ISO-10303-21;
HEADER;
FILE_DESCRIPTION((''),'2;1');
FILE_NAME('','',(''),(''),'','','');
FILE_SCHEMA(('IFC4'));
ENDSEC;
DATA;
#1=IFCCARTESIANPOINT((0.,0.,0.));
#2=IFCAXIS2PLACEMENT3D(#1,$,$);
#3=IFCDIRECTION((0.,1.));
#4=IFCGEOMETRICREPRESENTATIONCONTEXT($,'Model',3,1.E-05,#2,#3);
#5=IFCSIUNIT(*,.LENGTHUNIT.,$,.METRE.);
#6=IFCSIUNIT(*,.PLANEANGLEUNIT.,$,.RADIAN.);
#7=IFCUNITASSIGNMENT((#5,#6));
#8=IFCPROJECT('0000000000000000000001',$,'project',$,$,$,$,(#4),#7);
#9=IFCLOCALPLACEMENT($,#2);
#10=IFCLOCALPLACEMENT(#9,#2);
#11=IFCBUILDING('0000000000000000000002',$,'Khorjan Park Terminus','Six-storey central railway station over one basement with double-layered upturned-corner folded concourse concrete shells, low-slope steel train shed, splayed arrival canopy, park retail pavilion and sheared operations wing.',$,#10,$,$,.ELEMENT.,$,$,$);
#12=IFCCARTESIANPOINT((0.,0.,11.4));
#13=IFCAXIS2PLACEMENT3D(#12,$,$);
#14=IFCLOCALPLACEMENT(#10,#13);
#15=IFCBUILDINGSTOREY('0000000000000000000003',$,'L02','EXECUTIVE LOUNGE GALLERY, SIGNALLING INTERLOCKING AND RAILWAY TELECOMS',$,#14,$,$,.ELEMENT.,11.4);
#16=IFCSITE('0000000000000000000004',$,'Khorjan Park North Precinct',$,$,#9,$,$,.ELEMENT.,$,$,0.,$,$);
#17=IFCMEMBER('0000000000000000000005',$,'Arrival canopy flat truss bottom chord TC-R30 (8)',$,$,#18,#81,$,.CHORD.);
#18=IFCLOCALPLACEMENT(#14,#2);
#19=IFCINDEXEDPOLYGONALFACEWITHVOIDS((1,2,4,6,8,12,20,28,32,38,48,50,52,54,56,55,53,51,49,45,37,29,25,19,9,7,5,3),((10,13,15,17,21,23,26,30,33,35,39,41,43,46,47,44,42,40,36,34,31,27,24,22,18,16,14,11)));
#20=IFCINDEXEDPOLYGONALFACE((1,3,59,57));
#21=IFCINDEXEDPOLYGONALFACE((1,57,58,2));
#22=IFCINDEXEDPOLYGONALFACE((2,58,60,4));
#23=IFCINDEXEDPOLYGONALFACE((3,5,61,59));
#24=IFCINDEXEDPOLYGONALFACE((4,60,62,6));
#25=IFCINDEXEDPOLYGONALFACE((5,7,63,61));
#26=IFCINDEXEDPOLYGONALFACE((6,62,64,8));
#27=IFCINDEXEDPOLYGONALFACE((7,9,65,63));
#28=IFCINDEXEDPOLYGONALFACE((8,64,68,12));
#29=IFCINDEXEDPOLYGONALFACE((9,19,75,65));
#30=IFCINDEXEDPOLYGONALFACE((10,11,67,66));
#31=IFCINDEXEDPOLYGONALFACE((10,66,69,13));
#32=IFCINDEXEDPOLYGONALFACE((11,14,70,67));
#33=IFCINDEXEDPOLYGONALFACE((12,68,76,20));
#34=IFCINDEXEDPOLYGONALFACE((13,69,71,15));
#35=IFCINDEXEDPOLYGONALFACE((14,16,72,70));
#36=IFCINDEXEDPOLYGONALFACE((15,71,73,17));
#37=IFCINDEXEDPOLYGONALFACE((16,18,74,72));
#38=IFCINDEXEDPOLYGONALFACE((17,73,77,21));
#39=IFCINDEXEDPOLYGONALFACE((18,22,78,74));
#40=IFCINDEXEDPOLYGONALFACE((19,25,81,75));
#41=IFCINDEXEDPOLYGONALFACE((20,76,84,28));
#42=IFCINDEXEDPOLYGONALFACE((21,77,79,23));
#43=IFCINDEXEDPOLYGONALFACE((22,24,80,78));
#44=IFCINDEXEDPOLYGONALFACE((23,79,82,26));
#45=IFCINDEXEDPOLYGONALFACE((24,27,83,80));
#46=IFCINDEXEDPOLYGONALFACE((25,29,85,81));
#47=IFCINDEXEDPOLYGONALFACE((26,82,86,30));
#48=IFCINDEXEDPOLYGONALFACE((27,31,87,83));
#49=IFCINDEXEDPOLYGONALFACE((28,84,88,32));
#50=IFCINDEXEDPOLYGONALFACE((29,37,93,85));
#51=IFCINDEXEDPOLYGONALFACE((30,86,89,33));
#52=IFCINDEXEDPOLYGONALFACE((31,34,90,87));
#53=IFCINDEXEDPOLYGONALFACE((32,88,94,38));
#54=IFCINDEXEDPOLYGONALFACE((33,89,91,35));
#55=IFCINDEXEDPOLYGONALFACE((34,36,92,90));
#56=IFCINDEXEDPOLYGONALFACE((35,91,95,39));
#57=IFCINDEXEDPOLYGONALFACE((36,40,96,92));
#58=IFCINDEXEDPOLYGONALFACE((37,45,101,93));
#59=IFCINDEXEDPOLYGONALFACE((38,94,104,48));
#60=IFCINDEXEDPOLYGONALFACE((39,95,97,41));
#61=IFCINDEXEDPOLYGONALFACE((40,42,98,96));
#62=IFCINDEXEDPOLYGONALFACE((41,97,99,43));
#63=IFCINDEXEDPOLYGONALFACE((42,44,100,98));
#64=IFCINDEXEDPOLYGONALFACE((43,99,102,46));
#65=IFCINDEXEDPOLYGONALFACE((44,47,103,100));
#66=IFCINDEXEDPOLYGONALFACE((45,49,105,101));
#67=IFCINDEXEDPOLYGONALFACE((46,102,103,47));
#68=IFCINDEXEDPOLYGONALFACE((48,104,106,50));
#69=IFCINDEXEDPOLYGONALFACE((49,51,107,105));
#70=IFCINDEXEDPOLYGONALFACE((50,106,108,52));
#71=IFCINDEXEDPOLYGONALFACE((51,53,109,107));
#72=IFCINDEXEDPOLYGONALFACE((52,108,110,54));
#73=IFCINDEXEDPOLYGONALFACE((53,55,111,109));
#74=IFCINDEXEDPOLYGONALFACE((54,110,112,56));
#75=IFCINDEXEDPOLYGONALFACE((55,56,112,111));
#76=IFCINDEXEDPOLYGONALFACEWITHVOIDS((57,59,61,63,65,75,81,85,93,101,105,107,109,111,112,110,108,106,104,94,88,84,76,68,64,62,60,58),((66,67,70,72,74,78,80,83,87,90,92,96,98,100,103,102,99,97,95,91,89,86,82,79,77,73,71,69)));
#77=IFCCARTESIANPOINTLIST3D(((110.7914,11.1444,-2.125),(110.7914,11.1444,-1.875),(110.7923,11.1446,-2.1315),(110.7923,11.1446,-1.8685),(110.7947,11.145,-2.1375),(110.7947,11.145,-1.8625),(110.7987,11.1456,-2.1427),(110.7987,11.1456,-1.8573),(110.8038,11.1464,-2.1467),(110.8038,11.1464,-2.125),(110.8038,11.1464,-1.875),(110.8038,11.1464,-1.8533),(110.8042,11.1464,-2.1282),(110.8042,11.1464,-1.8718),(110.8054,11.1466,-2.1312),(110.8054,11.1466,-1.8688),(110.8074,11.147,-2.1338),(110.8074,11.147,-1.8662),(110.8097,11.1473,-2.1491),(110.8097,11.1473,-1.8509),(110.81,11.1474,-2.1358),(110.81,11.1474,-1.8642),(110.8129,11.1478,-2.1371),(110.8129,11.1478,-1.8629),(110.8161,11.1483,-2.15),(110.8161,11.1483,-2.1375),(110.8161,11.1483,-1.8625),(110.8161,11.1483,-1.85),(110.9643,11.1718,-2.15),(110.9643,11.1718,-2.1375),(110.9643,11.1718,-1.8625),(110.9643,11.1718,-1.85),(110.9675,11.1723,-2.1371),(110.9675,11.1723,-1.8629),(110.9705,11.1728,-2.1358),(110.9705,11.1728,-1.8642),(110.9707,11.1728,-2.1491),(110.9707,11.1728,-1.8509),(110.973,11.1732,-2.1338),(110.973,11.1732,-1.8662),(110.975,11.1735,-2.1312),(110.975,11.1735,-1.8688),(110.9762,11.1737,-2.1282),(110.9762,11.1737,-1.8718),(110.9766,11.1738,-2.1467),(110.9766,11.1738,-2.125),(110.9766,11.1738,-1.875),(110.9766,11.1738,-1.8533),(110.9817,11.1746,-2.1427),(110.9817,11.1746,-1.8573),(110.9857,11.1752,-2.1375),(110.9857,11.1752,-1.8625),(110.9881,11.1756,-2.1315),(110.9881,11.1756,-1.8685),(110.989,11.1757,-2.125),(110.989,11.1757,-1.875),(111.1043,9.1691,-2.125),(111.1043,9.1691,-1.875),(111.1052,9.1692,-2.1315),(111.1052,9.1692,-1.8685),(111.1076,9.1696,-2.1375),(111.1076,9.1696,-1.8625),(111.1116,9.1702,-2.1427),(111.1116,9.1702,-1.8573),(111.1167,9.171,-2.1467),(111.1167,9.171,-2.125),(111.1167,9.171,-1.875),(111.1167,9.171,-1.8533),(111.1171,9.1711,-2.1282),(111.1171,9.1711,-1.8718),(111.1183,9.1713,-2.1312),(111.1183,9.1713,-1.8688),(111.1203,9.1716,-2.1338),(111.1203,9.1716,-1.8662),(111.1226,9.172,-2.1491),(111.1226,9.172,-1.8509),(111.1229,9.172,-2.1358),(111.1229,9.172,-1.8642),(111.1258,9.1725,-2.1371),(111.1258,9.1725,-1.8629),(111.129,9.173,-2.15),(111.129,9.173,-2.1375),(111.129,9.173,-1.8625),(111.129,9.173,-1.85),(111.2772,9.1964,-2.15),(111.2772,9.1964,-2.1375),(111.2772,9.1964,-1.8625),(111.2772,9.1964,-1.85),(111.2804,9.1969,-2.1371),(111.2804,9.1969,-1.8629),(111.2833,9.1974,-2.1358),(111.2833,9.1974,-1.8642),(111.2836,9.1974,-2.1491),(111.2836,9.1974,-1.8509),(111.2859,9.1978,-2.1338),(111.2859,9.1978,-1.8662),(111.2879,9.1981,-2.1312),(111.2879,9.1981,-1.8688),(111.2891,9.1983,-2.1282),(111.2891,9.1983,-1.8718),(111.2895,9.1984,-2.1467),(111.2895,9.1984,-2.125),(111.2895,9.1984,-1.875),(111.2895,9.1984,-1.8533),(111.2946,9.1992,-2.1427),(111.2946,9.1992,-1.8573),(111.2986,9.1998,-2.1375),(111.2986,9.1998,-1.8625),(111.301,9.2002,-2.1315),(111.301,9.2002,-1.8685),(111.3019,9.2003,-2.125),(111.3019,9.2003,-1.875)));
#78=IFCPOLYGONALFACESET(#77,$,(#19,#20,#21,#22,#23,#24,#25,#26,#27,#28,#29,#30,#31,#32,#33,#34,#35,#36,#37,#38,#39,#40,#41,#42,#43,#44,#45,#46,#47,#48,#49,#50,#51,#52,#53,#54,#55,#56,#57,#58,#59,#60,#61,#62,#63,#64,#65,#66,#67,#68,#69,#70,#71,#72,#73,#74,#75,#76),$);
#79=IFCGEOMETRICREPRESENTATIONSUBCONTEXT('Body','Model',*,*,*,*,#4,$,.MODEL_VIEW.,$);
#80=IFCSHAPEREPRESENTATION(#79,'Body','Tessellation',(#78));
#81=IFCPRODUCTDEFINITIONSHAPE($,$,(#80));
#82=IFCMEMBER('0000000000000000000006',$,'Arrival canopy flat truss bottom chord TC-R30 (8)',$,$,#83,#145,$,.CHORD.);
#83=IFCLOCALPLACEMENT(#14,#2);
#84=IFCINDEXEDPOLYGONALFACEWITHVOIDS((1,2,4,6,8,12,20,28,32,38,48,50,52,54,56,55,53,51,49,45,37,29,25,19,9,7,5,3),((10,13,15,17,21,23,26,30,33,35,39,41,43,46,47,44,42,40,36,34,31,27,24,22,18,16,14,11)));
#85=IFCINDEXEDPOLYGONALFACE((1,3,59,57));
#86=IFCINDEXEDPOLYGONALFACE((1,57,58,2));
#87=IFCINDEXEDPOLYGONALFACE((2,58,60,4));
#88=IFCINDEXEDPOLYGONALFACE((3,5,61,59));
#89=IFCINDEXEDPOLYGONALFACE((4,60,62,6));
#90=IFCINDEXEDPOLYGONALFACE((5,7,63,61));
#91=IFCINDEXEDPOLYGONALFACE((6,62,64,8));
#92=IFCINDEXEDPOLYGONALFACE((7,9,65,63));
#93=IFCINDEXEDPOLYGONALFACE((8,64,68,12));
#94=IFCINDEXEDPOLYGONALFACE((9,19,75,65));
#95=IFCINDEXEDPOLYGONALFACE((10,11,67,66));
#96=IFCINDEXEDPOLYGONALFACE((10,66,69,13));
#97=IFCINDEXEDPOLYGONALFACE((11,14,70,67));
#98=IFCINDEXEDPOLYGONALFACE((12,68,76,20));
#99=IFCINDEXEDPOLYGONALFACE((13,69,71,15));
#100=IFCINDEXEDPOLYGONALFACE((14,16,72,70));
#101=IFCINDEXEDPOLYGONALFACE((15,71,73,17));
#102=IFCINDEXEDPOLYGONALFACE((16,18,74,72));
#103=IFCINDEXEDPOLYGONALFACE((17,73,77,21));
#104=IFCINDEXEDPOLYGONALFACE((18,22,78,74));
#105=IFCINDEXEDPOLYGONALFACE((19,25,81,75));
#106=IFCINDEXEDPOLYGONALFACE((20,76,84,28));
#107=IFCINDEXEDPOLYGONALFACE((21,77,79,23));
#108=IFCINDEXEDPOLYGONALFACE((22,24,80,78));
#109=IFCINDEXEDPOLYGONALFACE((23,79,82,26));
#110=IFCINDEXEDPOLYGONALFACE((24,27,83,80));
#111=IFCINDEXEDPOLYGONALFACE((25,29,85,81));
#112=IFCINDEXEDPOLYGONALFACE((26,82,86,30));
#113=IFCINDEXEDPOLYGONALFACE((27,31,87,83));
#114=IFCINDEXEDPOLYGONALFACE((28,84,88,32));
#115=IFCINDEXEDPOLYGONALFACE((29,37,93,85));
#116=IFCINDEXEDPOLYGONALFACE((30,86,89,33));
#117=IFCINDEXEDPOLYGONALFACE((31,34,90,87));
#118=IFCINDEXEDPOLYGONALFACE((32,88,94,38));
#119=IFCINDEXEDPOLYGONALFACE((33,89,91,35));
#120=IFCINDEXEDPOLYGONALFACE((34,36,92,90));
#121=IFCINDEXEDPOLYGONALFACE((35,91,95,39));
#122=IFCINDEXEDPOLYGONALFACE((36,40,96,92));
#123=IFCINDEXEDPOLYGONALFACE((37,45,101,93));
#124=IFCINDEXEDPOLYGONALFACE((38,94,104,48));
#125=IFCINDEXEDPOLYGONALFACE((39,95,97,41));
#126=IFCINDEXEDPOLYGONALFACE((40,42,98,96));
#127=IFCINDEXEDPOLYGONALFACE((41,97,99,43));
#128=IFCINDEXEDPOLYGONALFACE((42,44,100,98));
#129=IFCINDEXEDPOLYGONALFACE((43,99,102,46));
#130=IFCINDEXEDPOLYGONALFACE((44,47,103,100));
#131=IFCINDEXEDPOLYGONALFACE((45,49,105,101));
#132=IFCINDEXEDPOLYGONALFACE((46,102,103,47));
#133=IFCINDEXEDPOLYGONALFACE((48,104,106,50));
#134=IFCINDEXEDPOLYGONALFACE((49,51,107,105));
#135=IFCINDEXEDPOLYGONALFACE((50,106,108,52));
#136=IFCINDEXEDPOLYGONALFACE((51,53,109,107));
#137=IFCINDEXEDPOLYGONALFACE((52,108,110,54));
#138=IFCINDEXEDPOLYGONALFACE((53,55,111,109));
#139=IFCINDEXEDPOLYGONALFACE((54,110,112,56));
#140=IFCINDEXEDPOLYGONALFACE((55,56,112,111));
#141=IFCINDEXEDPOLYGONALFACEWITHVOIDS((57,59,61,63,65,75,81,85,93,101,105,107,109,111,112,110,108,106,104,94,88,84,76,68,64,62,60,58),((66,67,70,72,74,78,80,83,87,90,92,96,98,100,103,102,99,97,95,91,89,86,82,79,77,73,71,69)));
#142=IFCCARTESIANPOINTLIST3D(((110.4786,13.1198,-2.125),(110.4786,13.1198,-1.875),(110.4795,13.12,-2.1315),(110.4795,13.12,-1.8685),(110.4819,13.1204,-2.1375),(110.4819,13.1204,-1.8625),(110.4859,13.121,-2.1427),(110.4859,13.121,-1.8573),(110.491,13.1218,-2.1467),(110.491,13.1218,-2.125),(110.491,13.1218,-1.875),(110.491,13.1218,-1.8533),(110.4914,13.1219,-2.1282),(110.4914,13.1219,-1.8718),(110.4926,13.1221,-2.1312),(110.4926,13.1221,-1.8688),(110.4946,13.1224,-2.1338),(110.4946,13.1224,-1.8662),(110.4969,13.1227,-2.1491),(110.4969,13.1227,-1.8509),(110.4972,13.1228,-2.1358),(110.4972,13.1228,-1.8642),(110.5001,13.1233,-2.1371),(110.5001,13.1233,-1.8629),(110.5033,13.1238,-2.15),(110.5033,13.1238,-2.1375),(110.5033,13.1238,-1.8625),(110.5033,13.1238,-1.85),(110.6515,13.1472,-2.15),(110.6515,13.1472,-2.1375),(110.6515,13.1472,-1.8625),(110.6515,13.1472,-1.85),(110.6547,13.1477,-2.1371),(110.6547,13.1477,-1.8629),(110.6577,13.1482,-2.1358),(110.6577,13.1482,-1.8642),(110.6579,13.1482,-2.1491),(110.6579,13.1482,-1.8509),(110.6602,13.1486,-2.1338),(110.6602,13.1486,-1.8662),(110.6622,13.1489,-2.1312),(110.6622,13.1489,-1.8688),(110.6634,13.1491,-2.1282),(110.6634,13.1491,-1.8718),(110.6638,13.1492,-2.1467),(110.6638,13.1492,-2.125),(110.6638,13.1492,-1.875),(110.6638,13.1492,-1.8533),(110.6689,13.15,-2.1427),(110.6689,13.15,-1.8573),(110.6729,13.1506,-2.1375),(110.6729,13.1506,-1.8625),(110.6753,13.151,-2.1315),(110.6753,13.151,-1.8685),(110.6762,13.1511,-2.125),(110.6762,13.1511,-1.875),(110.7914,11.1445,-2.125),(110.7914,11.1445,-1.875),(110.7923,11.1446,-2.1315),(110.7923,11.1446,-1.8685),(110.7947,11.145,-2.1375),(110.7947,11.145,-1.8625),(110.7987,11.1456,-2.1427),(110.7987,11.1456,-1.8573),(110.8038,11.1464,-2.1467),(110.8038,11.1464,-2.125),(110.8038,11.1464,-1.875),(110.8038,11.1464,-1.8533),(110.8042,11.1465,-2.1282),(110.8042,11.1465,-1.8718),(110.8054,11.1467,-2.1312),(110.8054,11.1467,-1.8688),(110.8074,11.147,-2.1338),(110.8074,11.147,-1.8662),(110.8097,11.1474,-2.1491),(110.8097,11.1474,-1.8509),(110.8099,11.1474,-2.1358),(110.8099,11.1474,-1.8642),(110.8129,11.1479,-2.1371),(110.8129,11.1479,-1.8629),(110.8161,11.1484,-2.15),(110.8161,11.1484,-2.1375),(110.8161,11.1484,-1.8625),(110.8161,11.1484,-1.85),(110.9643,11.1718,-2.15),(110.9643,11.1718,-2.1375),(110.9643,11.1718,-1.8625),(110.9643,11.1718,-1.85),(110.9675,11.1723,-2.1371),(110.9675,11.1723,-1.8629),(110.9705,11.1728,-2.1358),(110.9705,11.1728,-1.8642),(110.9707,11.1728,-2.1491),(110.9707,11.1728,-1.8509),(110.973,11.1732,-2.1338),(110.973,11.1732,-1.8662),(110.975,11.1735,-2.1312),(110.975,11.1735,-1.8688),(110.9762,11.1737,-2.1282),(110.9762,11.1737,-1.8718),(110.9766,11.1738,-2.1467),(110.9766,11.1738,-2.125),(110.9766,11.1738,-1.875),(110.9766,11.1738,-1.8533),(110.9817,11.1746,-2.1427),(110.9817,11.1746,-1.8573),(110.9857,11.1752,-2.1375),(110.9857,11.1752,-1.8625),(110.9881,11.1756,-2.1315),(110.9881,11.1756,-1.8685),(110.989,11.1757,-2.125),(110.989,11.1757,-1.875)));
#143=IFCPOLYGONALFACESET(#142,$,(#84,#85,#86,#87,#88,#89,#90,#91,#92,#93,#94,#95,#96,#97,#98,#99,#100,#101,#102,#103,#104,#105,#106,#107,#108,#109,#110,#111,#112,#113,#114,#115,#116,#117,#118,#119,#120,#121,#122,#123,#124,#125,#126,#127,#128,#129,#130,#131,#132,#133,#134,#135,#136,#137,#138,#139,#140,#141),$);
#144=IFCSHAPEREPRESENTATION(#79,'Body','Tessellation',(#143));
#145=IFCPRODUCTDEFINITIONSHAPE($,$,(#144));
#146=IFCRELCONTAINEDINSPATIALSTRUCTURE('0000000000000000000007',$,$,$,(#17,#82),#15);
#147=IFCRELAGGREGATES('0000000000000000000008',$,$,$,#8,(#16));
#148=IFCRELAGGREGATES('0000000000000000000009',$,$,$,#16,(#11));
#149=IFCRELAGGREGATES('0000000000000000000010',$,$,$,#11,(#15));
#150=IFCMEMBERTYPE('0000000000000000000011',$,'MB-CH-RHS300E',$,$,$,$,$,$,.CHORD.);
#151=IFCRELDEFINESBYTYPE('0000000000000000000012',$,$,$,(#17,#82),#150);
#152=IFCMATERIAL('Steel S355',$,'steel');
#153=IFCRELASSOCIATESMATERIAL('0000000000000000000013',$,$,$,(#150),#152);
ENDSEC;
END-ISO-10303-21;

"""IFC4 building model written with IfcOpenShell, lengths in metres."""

from ifc_helpers import new_model, si_unit, direction, frame, origin, origin_2d, place, context, subcontext, project, spatial, hollow_rectangle, extrude, material, material_profile, profile_set, type_object, element, save


model = new_model("IFC4")

# Units and contexts
model_context = context("Model", 3, precision=1e-05, world=origin(), true_north=direction((0.0, 1.0)))
body_context = subcontext(model_context, "Body", "Model", "MODEL_VIEW")
ifc_project = project(units=[si_unit("LENGTHUNIT", "METRE"), si_unit("PLANEANGLEUNIT", "RADIAN")], contexts=[model_context])

# Site, building, storey
site_placement = place(None, origin())
site = spatial("IfcSite", under=ifc_project, at=site_placement, Name="Khorjan Park North Precinct", CompositionType="ELEMENT", RefElevation=0.0)
building_placement = place(site_placement, origin())
building = spatial("IfcBuilding", under=site, at=building_placement, Name="Khorjan Park Terminus", Description="Six-storey central railway station over one basement with double-layered upturned-corner folded concourse concrete shells, low-slope steel train shed, splayed arrival canopy, park retail pavilion and sheared operations wing.", CompositionType="ELEMENT")
storey_placement = place(building_placement, frame((0.0, 0.0, 11.4)))
storey = spatial("IfcBuildingStorey", under=building, at=storey_placement, Name="L02", Description="EXECUTIVE LOUNGE GALLERY, SIGNALLING INTERLOCKING AND RAILWAY TELECOMS", CompositionType="ELEMENT", Elevation=11.4)

# Members
ifc_material_1 = material(Name="Steel S355", Category="steel")
ifc_material_profile_1 = material_profile(ifc_material_1, hollow_rectangle(XDim=0.2, YDim=0.3, WallThickness=0.0125, InnerFilletRadius=0.0125, OuterFilletRadius=0.025, at=origin_2d()), Name="RHS 300x200x12.5")
ifc_profile_set_1 = profile_set([ifc_material_profile_1], Name="Steel S355")
member_type_1 = type_object("IfcMemberType", Name="MB-CH-RHS300E", PredefinedType="CHORD", material=ifc_profile_set_1)
for number, where, z_axis, x_axis, name in (
    (1, (111.2031, 9.1847, -2.0), (-0.156448, 0.987686, 0.0), (-0.987686, -0.156448, 0.0), "Arrival canopy flat truss bottom chord TC-R30 (8)"),
    (2, (110.8902, 11.1601, -2.0), (-0.156399, 0.987694, 0.0), (-0.987694, -0.156399, 0.0), "Arrival canopy flat truss bottom chord TC-R30 (8)"),
):
    element("IfcMember", number, at=place(storey_placement, frame(where, z_axis=z_axis, x_axis=x_axis)), inside=storey, type_object=member_type_1, Name=name, PredefinedType="CHORD", context=body_context, shape_type="SweptSolid", body=[
        extrude(hollow_rectangle(XDim=0.2, YDim=0.3, WallThickness=0.0125, InnerFilletRadius=0.0125, OuterFilletRadius=0.025, at=origin_2d()), origin(), (0.0, 0.0, 1.0), 2.0),
    ])

save(model, "model.ifc")
